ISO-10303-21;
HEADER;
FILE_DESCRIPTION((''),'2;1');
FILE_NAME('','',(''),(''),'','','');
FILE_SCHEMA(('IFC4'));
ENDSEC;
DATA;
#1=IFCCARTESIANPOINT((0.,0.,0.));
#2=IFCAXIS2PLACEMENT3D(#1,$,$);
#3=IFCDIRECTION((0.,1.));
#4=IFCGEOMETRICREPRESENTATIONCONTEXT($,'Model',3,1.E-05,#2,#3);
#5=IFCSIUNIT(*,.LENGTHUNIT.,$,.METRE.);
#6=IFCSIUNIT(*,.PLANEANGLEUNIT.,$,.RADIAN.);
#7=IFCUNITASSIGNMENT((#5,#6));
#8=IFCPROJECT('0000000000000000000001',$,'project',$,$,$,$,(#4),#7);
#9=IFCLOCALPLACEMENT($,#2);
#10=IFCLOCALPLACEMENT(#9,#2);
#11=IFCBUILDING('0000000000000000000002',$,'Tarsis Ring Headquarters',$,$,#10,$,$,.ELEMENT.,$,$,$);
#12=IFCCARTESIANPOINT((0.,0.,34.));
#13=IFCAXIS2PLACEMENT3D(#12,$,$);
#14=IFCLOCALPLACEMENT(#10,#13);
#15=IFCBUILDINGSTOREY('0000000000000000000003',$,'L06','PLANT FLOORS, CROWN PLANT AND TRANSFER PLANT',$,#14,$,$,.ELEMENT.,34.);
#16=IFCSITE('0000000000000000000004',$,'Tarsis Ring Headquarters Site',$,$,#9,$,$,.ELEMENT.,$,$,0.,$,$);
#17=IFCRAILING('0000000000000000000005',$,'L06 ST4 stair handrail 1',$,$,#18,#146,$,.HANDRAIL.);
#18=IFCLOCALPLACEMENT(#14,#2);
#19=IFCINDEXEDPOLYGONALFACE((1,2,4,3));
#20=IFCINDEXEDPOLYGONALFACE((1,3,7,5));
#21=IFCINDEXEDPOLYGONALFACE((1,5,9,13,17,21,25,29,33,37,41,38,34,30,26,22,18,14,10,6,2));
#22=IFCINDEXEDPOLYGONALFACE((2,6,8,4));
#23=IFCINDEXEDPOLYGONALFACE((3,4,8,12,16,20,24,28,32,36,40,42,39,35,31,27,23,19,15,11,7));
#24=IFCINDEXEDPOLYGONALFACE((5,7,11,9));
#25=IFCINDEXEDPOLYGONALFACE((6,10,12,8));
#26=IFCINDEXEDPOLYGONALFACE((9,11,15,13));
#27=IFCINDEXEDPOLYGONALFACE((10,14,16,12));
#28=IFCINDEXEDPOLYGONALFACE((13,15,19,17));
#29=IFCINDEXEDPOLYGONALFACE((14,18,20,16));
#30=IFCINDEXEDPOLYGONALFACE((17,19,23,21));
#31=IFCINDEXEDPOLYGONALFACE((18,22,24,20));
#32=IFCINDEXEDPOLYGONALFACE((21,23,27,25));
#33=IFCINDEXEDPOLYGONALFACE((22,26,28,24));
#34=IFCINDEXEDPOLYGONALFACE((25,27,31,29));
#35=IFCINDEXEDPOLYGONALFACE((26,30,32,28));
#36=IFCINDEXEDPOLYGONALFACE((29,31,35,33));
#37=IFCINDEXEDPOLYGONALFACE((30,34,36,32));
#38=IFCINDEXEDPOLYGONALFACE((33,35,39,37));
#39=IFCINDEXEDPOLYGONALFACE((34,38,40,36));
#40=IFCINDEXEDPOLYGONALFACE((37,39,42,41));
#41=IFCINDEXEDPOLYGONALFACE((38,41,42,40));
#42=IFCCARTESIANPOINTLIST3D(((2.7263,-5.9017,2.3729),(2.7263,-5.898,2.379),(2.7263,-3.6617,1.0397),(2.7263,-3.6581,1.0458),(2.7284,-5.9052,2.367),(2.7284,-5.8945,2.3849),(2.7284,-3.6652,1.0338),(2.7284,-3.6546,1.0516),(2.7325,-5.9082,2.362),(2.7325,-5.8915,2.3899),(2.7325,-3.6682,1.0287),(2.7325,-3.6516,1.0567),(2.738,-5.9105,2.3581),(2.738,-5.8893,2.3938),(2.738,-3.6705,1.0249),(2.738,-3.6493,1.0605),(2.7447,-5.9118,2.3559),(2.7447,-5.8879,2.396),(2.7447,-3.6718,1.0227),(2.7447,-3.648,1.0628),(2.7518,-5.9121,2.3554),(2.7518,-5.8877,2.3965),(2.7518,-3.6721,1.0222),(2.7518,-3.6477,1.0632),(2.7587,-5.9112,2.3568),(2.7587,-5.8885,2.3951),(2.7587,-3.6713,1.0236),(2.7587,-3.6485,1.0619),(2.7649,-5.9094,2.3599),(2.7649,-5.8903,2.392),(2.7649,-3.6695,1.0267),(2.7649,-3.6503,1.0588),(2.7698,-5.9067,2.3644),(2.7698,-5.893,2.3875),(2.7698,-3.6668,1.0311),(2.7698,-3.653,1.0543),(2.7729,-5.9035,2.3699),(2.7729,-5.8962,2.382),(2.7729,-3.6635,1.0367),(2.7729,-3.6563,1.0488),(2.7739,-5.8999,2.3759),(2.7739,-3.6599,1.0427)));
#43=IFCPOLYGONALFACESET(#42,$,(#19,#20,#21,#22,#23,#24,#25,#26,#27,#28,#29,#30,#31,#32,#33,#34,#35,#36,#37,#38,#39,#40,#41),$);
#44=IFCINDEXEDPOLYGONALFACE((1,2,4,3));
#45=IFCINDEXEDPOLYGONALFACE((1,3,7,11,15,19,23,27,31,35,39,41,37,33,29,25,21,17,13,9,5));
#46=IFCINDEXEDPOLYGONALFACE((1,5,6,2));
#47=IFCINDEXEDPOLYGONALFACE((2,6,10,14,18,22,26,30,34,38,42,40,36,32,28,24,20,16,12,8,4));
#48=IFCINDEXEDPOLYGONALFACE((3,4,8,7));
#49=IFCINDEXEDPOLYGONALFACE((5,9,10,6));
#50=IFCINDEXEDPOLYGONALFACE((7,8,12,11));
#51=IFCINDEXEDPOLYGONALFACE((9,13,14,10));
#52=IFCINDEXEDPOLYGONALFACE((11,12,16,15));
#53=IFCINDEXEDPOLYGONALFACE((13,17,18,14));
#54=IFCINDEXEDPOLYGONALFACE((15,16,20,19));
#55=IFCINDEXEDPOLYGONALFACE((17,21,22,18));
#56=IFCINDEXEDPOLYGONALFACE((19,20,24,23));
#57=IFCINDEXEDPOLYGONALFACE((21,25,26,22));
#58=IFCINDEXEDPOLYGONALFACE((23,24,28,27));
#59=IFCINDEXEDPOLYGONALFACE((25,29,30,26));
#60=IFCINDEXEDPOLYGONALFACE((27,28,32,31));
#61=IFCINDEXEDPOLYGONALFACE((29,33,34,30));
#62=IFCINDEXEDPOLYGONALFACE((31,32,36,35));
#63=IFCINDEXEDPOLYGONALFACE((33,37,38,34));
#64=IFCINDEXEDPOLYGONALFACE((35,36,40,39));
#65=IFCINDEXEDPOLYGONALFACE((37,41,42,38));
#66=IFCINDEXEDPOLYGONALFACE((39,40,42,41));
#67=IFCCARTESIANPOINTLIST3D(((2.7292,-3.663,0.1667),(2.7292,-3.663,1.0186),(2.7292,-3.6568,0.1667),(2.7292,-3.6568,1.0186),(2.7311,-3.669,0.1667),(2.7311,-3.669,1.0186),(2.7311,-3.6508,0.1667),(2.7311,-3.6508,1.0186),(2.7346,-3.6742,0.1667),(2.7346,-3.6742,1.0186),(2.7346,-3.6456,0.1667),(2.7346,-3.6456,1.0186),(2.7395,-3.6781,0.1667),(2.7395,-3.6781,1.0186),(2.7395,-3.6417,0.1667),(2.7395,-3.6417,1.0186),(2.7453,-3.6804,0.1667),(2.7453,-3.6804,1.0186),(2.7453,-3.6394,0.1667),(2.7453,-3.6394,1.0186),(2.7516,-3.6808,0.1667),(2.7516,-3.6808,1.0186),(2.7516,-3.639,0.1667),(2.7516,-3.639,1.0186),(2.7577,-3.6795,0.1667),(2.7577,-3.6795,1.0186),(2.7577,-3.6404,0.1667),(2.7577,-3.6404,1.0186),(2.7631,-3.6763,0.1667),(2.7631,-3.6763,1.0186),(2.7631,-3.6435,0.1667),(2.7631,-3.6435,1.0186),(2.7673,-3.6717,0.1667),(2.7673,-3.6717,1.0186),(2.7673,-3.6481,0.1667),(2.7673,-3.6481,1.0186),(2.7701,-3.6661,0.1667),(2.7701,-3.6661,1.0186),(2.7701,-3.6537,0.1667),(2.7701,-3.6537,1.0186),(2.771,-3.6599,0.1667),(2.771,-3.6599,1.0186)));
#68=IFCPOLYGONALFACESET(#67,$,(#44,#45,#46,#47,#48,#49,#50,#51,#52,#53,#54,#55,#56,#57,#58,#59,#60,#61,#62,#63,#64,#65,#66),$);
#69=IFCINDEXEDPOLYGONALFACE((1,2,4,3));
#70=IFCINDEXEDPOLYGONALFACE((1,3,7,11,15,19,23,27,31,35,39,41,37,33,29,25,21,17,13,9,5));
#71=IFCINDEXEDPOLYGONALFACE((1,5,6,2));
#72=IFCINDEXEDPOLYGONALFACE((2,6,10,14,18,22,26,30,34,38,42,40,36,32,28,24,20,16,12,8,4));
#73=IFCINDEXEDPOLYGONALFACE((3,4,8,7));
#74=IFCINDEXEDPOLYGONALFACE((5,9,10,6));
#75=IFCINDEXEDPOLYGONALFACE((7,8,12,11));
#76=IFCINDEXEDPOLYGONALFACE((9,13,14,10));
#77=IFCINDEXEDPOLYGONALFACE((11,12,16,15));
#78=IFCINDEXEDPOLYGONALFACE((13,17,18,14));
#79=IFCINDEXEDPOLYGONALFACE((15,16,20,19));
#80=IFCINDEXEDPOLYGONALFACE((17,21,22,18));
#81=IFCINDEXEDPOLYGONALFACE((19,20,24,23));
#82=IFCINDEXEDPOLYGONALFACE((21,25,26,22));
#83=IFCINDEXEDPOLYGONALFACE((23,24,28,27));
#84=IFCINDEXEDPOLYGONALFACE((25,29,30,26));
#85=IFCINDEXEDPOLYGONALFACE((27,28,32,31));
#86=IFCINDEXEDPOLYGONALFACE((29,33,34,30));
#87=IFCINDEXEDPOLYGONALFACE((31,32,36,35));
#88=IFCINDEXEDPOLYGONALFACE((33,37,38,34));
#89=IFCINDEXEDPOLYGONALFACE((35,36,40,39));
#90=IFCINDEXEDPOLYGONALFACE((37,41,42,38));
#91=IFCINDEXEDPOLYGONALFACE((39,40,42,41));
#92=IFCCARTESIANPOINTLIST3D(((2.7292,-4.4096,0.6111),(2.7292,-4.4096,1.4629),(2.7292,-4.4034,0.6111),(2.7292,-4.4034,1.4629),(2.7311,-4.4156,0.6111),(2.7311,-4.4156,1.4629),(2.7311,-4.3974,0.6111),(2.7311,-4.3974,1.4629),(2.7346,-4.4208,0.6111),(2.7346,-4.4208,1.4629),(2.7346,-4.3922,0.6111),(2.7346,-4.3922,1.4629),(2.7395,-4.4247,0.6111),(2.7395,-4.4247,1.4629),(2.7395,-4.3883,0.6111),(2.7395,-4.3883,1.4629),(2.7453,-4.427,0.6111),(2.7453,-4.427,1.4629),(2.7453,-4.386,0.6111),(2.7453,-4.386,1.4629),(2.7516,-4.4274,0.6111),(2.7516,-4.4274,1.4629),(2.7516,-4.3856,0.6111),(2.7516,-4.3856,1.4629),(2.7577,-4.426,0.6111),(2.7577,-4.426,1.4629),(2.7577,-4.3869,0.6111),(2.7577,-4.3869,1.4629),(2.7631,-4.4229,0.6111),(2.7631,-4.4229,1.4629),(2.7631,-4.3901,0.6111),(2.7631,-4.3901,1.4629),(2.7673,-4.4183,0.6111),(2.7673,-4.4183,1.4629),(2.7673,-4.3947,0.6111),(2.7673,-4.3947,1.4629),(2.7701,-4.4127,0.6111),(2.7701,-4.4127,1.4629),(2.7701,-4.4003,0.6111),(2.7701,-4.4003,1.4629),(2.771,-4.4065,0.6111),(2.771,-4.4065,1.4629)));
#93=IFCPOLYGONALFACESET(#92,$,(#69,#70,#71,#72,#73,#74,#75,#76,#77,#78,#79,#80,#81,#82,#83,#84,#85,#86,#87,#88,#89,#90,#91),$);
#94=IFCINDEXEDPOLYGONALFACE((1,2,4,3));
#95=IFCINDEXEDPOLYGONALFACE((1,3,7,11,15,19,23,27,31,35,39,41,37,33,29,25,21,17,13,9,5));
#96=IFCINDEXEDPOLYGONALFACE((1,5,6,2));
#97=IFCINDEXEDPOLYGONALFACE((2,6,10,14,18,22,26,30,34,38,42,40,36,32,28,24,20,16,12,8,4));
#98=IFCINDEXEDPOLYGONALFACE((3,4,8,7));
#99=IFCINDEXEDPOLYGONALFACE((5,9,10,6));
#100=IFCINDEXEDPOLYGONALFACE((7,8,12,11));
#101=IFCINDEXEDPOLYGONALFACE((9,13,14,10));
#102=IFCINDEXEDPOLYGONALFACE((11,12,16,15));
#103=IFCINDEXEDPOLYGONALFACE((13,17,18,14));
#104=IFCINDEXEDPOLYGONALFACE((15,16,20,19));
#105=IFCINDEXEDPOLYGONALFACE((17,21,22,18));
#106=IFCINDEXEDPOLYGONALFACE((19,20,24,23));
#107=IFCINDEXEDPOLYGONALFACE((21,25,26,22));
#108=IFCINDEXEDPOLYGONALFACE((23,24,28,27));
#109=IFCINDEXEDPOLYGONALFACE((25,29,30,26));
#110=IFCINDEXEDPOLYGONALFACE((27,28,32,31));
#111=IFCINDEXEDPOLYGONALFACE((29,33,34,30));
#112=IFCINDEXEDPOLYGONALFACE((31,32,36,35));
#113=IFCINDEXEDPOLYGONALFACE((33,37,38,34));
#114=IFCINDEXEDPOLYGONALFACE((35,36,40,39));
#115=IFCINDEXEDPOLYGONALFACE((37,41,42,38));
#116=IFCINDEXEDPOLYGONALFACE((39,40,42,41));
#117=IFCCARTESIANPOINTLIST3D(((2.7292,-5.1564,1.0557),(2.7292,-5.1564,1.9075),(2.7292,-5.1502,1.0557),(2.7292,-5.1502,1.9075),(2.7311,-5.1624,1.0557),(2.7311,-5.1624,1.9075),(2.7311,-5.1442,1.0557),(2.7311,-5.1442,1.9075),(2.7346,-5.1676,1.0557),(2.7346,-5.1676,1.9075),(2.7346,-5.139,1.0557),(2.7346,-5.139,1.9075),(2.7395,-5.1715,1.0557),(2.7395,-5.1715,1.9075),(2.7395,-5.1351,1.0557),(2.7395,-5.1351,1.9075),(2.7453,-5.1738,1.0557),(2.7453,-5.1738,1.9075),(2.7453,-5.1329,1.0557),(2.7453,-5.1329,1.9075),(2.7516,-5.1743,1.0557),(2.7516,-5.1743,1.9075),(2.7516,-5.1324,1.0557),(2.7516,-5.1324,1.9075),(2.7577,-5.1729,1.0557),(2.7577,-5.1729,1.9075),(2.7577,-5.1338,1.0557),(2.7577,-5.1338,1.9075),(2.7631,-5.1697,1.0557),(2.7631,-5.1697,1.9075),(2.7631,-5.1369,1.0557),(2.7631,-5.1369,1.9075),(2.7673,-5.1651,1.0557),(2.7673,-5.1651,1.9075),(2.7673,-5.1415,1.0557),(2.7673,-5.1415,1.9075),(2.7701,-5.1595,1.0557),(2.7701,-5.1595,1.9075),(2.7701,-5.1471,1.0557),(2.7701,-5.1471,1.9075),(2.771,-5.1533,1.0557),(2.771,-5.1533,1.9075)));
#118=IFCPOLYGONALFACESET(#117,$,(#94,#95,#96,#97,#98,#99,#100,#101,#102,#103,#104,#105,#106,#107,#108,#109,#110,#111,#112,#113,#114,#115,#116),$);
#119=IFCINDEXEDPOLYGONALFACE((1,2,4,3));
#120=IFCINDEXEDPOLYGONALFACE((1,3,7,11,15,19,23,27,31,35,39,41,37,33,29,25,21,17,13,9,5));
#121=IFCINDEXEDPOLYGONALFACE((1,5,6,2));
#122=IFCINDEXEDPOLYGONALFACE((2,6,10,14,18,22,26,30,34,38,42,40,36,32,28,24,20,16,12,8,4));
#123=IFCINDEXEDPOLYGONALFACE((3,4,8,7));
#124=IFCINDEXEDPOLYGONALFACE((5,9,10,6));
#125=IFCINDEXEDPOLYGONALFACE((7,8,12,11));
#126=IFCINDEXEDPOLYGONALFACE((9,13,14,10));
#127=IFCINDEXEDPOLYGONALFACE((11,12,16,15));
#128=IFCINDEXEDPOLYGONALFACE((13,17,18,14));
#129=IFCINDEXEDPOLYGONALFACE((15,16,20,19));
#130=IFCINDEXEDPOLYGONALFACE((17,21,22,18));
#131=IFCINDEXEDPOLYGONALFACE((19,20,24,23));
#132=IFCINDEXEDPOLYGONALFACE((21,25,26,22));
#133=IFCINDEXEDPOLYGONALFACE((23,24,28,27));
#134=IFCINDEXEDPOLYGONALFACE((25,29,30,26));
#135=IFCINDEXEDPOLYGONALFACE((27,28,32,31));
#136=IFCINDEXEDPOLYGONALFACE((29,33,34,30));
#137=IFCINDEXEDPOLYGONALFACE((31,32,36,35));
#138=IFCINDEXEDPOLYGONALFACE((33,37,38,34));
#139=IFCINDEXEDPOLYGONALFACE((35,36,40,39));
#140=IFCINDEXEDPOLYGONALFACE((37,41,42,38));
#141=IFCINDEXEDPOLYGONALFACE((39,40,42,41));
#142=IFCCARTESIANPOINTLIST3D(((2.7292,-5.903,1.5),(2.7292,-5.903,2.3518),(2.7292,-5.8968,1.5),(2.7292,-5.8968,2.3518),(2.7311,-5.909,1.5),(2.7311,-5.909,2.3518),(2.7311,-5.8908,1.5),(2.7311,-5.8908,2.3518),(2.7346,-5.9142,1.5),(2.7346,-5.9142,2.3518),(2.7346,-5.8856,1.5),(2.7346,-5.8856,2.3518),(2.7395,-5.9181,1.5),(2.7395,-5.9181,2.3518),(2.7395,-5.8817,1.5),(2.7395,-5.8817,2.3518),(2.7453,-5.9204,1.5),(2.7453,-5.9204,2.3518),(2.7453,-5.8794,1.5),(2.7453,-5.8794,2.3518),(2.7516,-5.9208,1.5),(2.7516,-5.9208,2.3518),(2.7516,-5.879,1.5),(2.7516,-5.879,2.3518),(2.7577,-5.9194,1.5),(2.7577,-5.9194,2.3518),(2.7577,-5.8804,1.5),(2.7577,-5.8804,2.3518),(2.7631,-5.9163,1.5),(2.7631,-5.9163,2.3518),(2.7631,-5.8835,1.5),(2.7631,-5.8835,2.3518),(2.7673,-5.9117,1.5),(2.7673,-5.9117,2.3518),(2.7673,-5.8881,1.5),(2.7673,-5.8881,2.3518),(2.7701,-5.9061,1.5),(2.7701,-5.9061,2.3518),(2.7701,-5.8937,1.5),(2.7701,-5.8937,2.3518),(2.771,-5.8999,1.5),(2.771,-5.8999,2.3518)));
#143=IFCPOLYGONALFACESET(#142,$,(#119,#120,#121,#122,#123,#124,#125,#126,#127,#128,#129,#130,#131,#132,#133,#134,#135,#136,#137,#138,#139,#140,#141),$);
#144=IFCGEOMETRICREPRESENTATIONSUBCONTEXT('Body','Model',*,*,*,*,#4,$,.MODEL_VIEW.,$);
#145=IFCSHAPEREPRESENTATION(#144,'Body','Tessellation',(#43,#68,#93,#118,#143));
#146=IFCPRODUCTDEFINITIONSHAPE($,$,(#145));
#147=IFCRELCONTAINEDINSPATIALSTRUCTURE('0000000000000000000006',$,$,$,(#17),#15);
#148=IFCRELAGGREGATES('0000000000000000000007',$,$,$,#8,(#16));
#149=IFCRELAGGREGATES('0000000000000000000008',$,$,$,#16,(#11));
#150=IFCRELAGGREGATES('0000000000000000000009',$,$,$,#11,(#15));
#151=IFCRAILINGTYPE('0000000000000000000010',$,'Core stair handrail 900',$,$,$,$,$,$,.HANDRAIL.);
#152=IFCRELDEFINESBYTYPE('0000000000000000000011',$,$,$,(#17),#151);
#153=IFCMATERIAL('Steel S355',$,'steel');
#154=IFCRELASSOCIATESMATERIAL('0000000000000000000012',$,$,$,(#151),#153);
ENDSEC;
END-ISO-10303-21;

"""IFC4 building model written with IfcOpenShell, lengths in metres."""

from ifc_helpers import new_model, si_unit, direction, frame, origin, origin_2d, place, context, subcontext, project, spatial, circle, extrude, material, type_object, element, save


model = new_model("IFC4")

# Units and contexts
model_context = context("Model", 3, precision=1e-05, world=origin(), true_north=direction((0.0, 1.0)))
body_context = subcontext(model_context, "Body", "Model", "MODEL_VIEW")
ifc_project = project(units=[si_unit("LENGTHUNIT", "METRE"), si_unit("PLANEANGLEUNIT", "RADIAN")], contexts=[model_context])

# Site, building, storey
site_placement = place(None, origin())
site = spatial("IfcSite", under=ifc_project, at=site_placement, Name="Tarsis Ring Headquarters Site", CompositionType="ELEMENT", RefElevation=0.0)
building_placement = place(site_placement, origin())
building = spatial("IfcBuilding", under=site, at=building_placement, Name="Tarsis Ring Headquarters", CompositionType="ELEMENT")
storey_placement = place(building_placement, frame((0.0, 0.0, 34.0)))
storey = spatial("IfcBuildingStorey", under=building, at=storey_placement, Name="L06", Description="PLANT FLOORS, CROWN PLANT AND TRANSFER PLANT", CompositionType="ELEMENT", Elevation=34.0)

# Railing
ifc_material_1 = material(Name="Steel S355", Category="steel")
railing_type_1 = type_object("IfcRailingType", Name="Core stair handrail 900", PredefinedType="HANDRAIL", material=ifc_material_1)
for number, where, name in (
    (1, (2.75, -3.6599, 0.1667), "L06 ST4 stair handrail 1"),
):
    element("IfcRailing", number, at=place(storey_placement, frame(where)), inside=storey, type_object=railing_type_1, Name=name, PredefinedType="HANDRAIL", context=body_context, shape_type="SweptSolid", body=[
        extrude(circle(Radius=0.0239, at=origin_2d()), frame((0.0, 0.0, 0.876), z_axis=(0.0, -0.859306, 0.511462), x_axis=(1.0, 0.0, 0.0)), (0.0, 0.0, 1.0), 2.6067),
        extrude(circle(Radius=0.021, at=origin_2d()), origin(), (0.0, 0.0, 1.0), 0.8518),
        extrude(circle(Radius=0.021, at=origin_2d()), frame((0.0, -0.7466, 0.4443)), (0.0, 0.0, 1.0), 0.8518),
        extrude(circle(Radius=0.021, at=origin_2d()), frame((0.0, -1.4934, 0.8889)), (0.0, 0.0, 1.0), 0.8518),
        extrude(circle(Radius=0.021, at=origin_2d()), frame((0.0, -2.24, 1.3333)), (0.0, 0.0, 1.0), 0.8518),
    ])

save(model, "model.ifc")
